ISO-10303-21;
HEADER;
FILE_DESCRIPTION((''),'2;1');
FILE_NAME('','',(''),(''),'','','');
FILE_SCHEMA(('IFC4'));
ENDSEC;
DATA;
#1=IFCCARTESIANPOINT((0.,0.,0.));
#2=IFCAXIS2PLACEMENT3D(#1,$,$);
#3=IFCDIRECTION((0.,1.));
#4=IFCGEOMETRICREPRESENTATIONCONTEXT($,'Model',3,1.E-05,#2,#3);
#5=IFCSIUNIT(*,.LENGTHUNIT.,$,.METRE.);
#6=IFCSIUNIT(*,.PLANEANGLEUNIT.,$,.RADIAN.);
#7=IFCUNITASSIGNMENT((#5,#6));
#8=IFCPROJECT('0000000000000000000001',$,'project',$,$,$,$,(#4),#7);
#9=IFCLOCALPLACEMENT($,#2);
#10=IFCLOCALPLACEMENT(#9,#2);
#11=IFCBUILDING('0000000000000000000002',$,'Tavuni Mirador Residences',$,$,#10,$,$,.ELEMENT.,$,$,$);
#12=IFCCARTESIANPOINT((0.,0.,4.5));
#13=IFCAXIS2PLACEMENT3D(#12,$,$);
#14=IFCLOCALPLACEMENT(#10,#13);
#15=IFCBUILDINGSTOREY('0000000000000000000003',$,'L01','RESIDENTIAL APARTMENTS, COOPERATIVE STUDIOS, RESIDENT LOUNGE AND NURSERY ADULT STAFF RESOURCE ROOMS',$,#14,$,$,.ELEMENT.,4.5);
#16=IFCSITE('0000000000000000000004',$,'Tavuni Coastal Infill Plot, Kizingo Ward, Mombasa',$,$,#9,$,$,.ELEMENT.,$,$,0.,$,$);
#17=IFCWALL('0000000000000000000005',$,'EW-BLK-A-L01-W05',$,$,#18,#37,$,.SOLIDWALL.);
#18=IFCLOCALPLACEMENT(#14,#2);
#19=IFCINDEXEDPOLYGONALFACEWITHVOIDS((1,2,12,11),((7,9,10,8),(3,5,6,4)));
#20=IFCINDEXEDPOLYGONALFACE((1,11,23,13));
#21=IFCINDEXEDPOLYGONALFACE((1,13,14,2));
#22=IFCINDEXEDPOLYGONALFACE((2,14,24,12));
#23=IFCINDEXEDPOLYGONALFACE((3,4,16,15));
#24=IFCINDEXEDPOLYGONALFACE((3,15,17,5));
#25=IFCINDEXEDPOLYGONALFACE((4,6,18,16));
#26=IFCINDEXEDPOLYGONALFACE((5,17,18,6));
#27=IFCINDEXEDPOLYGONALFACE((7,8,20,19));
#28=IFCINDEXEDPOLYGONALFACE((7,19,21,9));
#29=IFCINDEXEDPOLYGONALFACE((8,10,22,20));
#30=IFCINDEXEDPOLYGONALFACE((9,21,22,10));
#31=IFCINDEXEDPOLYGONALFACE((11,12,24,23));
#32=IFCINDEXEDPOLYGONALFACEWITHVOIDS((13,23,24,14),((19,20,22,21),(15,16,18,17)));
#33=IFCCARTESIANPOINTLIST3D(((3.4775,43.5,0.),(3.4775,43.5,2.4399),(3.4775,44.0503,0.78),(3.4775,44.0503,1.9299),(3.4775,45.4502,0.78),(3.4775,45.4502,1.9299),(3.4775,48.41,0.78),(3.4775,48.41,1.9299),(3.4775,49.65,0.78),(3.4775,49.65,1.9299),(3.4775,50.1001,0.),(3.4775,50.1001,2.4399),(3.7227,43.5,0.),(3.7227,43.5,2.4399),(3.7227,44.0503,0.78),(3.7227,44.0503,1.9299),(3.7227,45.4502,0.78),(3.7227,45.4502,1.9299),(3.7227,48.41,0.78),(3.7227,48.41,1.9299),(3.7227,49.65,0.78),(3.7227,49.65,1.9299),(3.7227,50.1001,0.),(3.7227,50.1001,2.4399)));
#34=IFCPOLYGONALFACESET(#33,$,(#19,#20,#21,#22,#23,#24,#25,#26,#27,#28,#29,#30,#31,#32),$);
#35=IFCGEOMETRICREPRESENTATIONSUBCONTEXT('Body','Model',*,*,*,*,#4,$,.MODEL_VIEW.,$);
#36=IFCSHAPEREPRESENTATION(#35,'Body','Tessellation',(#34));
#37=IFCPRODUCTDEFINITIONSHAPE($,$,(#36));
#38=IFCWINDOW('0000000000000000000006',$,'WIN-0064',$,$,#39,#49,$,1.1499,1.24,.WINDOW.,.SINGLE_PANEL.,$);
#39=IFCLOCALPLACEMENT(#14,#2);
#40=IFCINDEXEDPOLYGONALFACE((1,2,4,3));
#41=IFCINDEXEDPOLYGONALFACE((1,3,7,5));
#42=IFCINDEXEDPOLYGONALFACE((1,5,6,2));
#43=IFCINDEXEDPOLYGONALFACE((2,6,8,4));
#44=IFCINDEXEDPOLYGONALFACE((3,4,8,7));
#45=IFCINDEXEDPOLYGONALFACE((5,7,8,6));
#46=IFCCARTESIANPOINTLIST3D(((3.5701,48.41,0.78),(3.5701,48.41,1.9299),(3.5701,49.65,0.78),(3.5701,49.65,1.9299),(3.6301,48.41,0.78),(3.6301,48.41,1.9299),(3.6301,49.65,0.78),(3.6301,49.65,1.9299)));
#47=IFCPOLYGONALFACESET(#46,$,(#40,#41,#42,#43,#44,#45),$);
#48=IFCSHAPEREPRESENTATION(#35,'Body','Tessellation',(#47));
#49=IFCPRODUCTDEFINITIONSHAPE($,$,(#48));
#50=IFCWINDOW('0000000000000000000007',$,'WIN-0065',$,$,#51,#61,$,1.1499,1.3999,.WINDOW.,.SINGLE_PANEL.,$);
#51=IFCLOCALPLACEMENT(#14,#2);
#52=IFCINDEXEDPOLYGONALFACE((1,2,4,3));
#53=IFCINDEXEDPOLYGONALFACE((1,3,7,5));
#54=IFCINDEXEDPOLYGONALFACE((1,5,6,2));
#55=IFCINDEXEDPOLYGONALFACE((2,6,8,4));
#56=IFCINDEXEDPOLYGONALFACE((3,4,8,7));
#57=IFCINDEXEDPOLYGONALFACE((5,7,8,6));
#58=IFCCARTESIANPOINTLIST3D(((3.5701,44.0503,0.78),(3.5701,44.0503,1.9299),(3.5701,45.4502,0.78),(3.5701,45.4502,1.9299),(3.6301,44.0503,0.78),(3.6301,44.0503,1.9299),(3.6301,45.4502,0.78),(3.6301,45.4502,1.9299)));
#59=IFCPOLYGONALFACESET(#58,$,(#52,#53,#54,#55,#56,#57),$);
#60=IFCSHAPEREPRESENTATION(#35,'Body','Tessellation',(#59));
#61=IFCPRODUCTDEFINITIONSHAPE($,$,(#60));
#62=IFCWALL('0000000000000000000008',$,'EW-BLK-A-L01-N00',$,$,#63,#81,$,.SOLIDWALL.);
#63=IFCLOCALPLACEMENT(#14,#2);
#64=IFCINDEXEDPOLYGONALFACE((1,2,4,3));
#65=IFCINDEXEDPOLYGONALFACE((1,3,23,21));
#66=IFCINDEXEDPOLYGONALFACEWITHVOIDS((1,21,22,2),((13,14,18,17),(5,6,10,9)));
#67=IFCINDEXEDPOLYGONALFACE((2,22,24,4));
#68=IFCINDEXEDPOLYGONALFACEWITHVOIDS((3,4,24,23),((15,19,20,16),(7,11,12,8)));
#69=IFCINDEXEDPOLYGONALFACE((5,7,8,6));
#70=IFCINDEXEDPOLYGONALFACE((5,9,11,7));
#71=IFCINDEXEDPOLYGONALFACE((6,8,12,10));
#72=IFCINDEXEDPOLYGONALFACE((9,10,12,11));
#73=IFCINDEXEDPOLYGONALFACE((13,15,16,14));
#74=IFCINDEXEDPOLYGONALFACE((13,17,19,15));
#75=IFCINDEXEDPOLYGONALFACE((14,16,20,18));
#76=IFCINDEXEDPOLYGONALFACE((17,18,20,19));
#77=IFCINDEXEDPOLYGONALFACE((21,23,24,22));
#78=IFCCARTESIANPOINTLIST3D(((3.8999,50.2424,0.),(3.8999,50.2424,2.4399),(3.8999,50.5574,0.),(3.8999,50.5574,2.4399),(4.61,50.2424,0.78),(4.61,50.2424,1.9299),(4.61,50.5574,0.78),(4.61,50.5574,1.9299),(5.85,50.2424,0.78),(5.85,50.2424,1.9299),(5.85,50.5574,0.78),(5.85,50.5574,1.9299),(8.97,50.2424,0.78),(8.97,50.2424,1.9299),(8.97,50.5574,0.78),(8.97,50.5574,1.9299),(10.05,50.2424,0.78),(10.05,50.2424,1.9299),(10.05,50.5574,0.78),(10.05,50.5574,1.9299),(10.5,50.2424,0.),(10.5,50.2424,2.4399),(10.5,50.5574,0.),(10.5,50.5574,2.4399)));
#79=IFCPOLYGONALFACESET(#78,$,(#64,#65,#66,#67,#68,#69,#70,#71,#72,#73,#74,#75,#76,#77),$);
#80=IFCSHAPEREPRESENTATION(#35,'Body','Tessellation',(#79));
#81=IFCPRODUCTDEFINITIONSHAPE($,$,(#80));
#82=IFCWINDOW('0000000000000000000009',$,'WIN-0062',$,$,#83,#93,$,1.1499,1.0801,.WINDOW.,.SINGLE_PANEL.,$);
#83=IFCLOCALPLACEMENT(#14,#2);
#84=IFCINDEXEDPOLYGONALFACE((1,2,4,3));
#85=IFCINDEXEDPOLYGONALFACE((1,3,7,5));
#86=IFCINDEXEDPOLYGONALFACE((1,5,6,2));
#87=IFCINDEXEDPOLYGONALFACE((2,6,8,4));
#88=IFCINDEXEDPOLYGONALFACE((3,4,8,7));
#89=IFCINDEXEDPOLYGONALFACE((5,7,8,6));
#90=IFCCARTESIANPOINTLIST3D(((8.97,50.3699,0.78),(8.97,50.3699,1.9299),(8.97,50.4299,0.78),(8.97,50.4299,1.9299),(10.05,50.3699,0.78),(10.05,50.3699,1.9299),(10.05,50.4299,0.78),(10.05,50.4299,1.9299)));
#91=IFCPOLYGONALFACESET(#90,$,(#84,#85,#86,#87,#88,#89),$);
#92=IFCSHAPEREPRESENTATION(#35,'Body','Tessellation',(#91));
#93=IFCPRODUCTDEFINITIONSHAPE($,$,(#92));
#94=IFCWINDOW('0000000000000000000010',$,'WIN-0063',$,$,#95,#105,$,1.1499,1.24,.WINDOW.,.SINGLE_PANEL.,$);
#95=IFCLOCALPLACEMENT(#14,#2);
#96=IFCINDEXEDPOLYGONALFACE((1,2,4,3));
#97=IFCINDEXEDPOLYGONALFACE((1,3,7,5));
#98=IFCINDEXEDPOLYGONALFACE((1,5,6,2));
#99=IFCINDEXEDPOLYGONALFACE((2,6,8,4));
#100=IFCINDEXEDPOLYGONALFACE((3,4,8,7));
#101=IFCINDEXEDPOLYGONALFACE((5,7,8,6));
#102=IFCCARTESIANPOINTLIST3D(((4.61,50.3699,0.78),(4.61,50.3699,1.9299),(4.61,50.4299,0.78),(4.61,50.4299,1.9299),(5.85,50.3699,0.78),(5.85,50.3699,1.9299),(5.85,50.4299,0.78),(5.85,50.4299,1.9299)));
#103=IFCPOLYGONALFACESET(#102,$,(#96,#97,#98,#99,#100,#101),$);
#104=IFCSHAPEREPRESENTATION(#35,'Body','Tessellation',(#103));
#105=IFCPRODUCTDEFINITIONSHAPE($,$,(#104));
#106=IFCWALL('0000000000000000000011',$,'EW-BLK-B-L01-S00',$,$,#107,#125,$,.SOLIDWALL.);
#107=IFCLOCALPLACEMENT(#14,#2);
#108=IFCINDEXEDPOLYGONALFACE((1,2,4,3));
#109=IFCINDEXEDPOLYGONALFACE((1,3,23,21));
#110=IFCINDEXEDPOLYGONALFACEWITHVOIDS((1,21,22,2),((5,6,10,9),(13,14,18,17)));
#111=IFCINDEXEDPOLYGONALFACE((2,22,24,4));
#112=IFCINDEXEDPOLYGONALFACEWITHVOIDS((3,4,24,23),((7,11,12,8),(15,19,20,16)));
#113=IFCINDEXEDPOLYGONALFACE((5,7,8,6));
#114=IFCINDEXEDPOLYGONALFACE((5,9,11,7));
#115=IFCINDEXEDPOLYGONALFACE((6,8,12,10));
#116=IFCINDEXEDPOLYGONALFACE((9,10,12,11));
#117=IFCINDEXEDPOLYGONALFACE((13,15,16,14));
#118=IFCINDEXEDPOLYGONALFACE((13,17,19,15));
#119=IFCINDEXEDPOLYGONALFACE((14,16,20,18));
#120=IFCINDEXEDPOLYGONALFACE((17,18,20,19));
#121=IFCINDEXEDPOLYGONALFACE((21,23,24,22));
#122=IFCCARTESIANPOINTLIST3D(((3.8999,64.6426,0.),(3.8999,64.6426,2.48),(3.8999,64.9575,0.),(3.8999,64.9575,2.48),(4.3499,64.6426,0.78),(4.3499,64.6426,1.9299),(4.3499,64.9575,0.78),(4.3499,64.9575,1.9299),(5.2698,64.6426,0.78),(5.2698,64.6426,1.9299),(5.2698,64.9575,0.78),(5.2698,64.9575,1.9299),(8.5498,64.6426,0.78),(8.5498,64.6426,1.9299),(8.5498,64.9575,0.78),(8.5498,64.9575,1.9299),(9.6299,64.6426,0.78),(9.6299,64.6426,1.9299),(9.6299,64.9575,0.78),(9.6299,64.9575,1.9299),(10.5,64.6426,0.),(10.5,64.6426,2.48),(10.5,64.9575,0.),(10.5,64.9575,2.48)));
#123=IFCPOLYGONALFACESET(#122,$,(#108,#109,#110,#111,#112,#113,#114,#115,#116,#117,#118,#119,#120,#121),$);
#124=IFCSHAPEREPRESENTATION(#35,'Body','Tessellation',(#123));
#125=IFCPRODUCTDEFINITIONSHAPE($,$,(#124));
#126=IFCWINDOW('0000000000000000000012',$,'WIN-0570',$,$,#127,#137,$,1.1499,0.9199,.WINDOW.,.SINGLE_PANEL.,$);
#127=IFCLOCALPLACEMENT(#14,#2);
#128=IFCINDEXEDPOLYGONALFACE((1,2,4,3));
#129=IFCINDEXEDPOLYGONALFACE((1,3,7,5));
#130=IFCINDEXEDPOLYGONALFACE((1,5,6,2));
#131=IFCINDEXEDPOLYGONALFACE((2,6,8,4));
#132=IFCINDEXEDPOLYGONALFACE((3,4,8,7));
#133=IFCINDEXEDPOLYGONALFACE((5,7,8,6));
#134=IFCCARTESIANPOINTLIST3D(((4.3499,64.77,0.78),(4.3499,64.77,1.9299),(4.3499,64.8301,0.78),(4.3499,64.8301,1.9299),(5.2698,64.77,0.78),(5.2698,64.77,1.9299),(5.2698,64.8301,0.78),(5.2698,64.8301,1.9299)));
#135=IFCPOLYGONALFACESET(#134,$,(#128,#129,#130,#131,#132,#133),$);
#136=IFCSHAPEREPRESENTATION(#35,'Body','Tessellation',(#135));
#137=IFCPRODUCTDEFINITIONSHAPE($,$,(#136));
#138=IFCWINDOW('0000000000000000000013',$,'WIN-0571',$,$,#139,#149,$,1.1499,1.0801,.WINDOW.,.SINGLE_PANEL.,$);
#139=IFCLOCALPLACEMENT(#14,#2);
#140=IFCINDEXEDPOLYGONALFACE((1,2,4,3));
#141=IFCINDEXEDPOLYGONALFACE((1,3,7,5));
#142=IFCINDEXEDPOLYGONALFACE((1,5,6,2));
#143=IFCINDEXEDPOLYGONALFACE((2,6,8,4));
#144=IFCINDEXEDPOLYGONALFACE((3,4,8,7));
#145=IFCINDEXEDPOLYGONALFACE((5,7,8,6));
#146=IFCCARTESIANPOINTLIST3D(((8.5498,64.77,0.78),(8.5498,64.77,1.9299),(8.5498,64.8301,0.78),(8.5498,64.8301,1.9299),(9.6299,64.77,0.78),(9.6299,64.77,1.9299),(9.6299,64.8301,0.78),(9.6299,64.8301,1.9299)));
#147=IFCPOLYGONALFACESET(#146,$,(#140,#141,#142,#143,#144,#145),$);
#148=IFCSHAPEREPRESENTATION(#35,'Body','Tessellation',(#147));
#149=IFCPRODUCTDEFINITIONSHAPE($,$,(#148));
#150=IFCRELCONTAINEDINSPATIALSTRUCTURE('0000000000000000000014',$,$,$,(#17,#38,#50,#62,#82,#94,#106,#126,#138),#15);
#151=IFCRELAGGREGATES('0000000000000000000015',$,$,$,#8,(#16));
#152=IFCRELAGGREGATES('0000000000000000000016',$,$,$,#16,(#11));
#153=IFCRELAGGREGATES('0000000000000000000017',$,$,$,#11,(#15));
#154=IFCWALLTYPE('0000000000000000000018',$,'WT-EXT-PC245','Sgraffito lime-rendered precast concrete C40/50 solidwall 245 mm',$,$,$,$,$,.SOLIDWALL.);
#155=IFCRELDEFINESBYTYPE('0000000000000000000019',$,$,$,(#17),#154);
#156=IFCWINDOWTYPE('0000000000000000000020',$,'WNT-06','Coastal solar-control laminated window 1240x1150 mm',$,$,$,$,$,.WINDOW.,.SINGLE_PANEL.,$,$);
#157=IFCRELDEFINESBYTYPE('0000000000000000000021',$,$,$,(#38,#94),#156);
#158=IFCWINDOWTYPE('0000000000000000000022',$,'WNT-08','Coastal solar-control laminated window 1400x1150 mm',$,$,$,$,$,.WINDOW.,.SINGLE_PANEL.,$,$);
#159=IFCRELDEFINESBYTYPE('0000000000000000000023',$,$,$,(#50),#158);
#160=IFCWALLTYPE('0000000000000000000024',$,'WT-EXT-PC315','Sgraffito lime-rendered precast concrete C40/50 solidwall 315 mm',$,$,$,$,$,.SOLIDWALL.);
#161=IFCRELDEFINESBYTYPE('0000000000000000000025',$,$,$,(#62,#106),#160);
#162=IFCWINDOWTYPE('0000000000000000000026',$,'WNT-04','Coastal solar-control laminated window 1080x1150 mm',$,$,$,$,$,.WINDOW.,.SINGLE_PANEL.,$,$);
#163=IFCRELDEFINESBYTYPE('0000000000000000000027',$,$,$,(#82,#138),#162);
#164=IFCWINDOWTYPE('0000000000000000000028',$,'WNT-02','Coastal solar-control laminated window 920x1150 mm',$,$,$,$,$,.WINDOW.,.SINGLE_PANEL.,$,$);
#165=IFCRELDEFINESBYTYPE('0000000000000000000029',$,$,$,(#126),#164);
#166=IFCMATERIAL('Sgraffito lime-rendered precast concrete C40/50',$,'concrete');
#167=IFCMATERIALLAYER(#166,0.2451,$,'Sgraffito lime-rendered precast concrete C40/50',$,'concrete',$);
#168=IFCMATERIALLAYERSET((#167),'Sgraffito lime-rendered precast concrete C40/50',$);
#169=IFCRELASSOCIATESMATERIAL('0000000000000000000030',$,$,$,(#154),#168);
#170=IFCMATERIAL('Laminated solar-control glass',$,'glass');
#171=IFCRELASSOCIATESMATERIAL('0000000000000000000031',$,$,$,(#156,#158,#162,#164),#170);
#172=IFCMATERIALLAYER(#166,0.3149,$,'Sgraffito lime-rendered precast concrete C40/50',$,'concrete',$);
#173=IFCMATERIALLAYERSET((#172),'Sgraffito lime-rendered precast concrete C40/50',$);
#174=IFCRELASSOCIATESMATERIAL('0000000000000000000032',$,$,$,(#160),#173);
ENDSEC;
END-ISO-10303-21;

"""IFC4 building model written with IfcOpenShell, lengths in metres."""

from ifc_helpers import new_model, si_unit, direction, frame, frame_2d, origin, place, context, subcontext, project, spatial, rectangle, extrude, material, layer, layer_set, type_object, element, fill, save


model = new_model("IFC4")

# Units and contexts
model_context = context("Model", 3, precision=1e-05, world=origin(), true_north=direction((0.0, 1.0)))
body_context = subcontext(model_context, "Body", "Model", "MODEL_VIEW")
ifc_project = project(units=[si_unit("LENGTHUNIT", "METRE"), si_unit("PLANEANGLEUNIT", "RADIAN")], contexts=[model_context])

# Site, building, storey
site_placement = place(None, origin())
site = spatial("IfcSite", under=ifc_project, at=site_placement, Name="Tavuni Coastal Infill Plot, Kizingo Ward, Mombasa", CompositionType="ELEMENT", RefElevation=0.0)
building_placement = place(site_placement, origin())
building = spatial("IfcBuilding", under=site, at=building_placement, Name="Tavuni Mirador Residences", CompositionType="ELEMENT")
storey_placement = place(building_placement, frame((0.0, 0.0, 4.5)))
storey = spatial("IfcBuildingStorey", under=building, at=storey_placement, Name="L01", Description="RESIDENTIAL APARTMENTS, COOPERATIVE STUDIOS, RESIDENT LOUNGE AND NURSERY ADULT STAFF RESOURCE ROOMS", CompositionType="ELEMENT", Elevation=4.5)

# Walls, openings, windows
ifc_material_1 = material(Name="Sgraffito lime-rendered precast concrete C40/50", Category="concrete")
ifc_layer_1 = layer(ifc_material_1, 0.2451, Name="Sgraffito lime-rendered precast concrete C40/50", Category="concrete")
ifc_layer_set_1 = layer_set([ifc_layer_1], Name="Sgraffito lime-rendered precast concrete C40/50")
wall_type_1 = type_object("IfcWallType", Name="WT-EXT-PC245", Description="Sgraffito lime-rendered precast concrete C40/50 solidwall 245 mm", PredefinedType="SOLIDWALL", material=ifc_layer_set_1)
wall_1_placement = place(storey_placement, frame((3.6001, 50.1001, 0.0), z_axis=(0.0, 0.0, 1.0), x_axis=(0.0, -1.0, 0.0)))
wall_1 = element("IfcWall", 1, at=wall_1_placement, inside=storey, type_object=wall_type_1, Name="EW-BLK-A-L01-W05", PredefinedType="SOLIDWALL", context=body_context, shape_type="SweptSolid", body=[
    extrude(rectangle(XDim=6.6001, YDim=0.2451, at=frame_2d((3.3, 0.0))), origin(), (0.0, 0.0, 1.0), 2.4399),
])
opening_1_placement = place(wall_1_placement, frame((0.45, 0.0, 0.78)))
opening_1 = element("IfcOpeningElement", 2, at=opening_1_placement, cuts=wall_1, PredefinedType="OPENING", context=body_context, shape_type="SweptSolid", body=[
    extrude(rectangle(XDim=1.24, YDim=1.1499, at=frame_2d((0.6201, 0.575))), frame((0.0, 0.1326, 0.0), z_axis=(0.0, -1.0, 0.0), x_axis=(1.0, 0.0, 0.0)), (0.0, 0.0, 1.0), 0.2651),
])
opening_2_placement = place(wall_1_placement, frame((4.6499, 0.0, 0.78)))
opening_2 = element("IfcOpeningElement", 3, at=opening_2_placement, cuts=wall_1, PredefinedType="OPENING", context=body_context, shape_type="SweptSolid", body=[
    extrude(rectangle(XDim=1.3999, YDim=1.1499, at=frame_2d((0.7, 0.575))), frame((0.0, 0.1326, 0.0), z_axis=(0.0, -1.0, 0.0), x_axis=(1.0, 0.0, 0.0)), (0.0, 0.0, 1.0), 0.2651),
])
ifc_material_2 = material(Name="Laminated solar-control glass", Category="glass")
window_type_1 = type_object("IfcWindowType", Name="WNT-06", Description="Coastal solar-control laminated window 1240x1150 mm", PartitioningType="SINGLE_PANEL", PredefinedType="WINDOW", material=ifc_material_2)
window_1_placement = place(opening_1_placement, origin())
window_1 = element("IfcWindow", 4, at=window_1_placement, inside=storey, type_object=window_type_1, Name="WIN-0064", OverallHeight=1.1499, OverallWidth=1.24, PartitioningType="SINGLE_PANEL", PredefinedType="WINDOW", context=body_context, shape_type="SweptSolid", body=[
    extrude(rectangle(XDim=1.24, YDim=1.1499, at=frame_2d((0.6201, 0.575))), frame((0.0, 0.03, 0.0), z_axis=(0.0, -1.0, 0.0), x_axis=(1.0, 0.0, 0.0)), (0.0, 0.0, 1.0), 0.0601),
])
fill(opening_1, window_1)
window_type_2 = type_object("IfcWindowType", Name="WNT-08", Description="Coastal solar-control laminated window 1400x1150 mm", PartitioningType="SINGLE_PANEL", PredefinedType="WINDOW", material=ifc_material_2)
window_2_placement = place(opening_2_placement, origin())
window_2 = element("IfcWindow", 5, at=window_2_placement, inside=storey, type_object=window_type_2, Name="WIN-0065", OverallHeight=1.1499, OverallWidth=1.3999, PartitioningType="SINGLE_PANEL", PredefinedType="WINDOW", context=body_context, shape_type="SweptSolid", body=[
    extrude(rectangle(XDim=1.3999, YDim=1.1499, at=frame_2d((0.7, 0.575))), frame((0.0, 0.03, 0.0), z_axis=(0.0, -1.0, 0.0), x_axis=(1.0, 0.0, 0.0)), (0.0, 0.0, 1.0), 0.0601),
])
fill(opening_2, window_2)
ifc_layer_2 = layer(ifc_material_1, 0.3149, Name="Sgraffito lime-rendered precast concrete C40/50", Category="concrete")
ifc_layer_set_2 = layer_set([ifc_layer_2], Name="Sgraffito lime-rendered precast concrete C40/50")
wall_type_2 = type_object("IfcWallType", Name="WT-EXT-PC315", Description="Sgraffito lime-rendered precast concrete C40/50 solidwall 315 mm", PredefinedType="SOLIDWALL", material=ifc_layer_set_2)
wall_2_placement = place(storey_placement, frame((10.5, 50.3999, 0.0), z_axis=(0.0, 0.0, 1.0), x_axis=(-1.0, 0.0, 0.0)))
wall_2 = element("IfcWall", 6, at=wall_2_placement, inside=storey, type_object=wall_type_2, Name="EW-BLK-A-L01-N00", PredefinedType="SOLIDWALL", context=body_context, shape_type="SweptSolid", body=[
    extrude(rectangle(XDim=6.6001, YDim=0.3149, at=frame_2d((3.3, 0.0))), origin(), (0.0, 0.0, 1.0), 2.4399),
])
opening_3_placement = place(wall_2_placement, frame((0.45, 0.0, 0.78)))
opening_3 = element("IfcOpeningElement", 7, at=opening_3_placement, cuts=wall_2, PredefinedType="OPENING", context=body_context, shape_type="SweptSolid", body=[
    extrude(rectangle(XDim=1.0801, YDim=1.1499, at=frame_2d((0.54, 0.575))), frame((0.0, 0.1675, 0.0), z_axis=(0.0, -1.0, 0.0), x_axis=(1.0, 0.0, 0.0)), (0.0, 0.0, 1.0), 0.335),
])
opening_4_placement = place(wall_2_placement, frame((4.6499, 0.0, 0.78)))
opening_4 = element("IfcOpeningElement", 8, at=opening_4_placement, cuts=wall_2, PredefinedType="OPENING", context=body_context, shape_type="SweptSolid", body=[
    extrude(rectangle(XDim=1.24, YDim=1.1499, at=frame_2d((0.6201, 0.575))), frame((0.0, 0.1675, 0.0), z_axis=(0.0, -1.0, 0.0), x_axis=(1.0, 0.0, 0.0)), (0.0, 0.0, 1.0), 0.335),
])
window_type_3 = type_object("IfcWindowType", Name="WNT-04", Description="Coastal solar-control laminated window 1080x1150 mm", PartitioningType="SINGLE_PANEL", PredefinedType="WINDOW", material=ifc_material_2)
window_3_placement = place(opening_3_placement, origin())
window_3 = element("IfcWindow", 9, at=window_3_placement, inside=storey, type_object=window_type_3, Name="WIN-0062", OverallHeight=1.1499, OverallWidth=1.0801, PartitioningType="SINGLE_PANEL", PredefinedType="WINDOW", context=body_context, shape_type="SweptSolid", body=[
    extrude(rectangle(XDim=1.0801, YDim=1.1499, at=frame_2d((0.54, 0.575))), frame((0.0, 0.03, 0.0), z_axis=(0.0, -1.0, 0.0), x_axis=(1.0, 0.0, 0.0)), (0.0, 0.0, 1.0), 0.0601),
])
fill(opening_3, window_3)
window_4_placement = place(opening_4_placement, origin())
window_4 = element("IfcWindow", 10, at=window_4_placement, inside=storey, type_object=window_type_1, Name="WIN-0063", OverallHeight=1.1499, OverallWidth=1.24, PartitioningType="SINGLE_PANEL", PredefinedType="WINDOW", context=body_context, shape_type="SweptSolid", body=[
    extrude(rectangle(XDim=1.24, YDim=1.1499, at=frame_2d((0.6201, 0.575))), frame((0.0, 0.03, 0.0), z_axis=(0.0, -1.0, 0.0), x_axis=(1.0, 0.0, 0.0)), (0.0, 0.0, 1.0), 0.0601),
])
fill(opening_4, window_4)
wall_3_placement = place(storey_placement, frame((3.8999, 64.8, 0.0), z_axis=(0.0, 0.0, 1.0), x_axis=(1.0, 0.0, 0.0)))
wall_3 = element("IfcWall", 11, at=wall_3_placement, inside=storey, type_object=wall_type_2, Name="EW-BLK-B-L01-S00", PredefinedType="SOLIDWALL", context=body_context, shape_type="SweptSolid", body=[
    extrude(rectangle(XDim=6.6001, YDim=0.3149, at=frame_2d((3.3, 0.0))), origin(), (0.0, 0.0, 1.0), 2.48),
])
opening_5_placement = place(wall_3_placement, frame((0.45, 0.0, 0.78)))
opening_5 = element("IfcOpeningElement", 12, at=opening_5_placement, cuts=wall_3, PredefinedType="OPENING", context=body_context, shape_type="SweptSolid", body=[
    extrude(rectangle(XDim=0.9199, YDim=1.1499, at=frame_2d((0.46, 0.575))), frame((0.0, 0.1675, 0.0), z_axis=(0.0, -1.0, 0.0), x_axis=(1.0, 0.0, 0.0)), (0.0, 0.0, 1.0), 0.335),
])
opening_6_placement = place(wall_3_placement, frame((4.6499, 0.0, 0.78)))
opening_6 = element("IfcOpeningElement", 13, at=opening_6_placement, cuts=wall_3, PredefinedType="OPENING", context=body_context, shape_type="SweptSolid", body=[
    extrude(rectangle(XDim=1.0801, YDim=1.1499, at=frame_2d((0.54, 0.575))), frame((0.0, 0.1675, 0.0), z_axis=(0.0, -1.0, 0.0), x_axis=(1.0, 0.0, 0.0)), (0.0, 0.0, 1.0), 0.335),
])
window_type_4 = type_object("IfcWindowType", Name="WNT-02", Description="Coastal solar-control laminated window 920x1150 mm", PartitioningType="SINGLE_PANEL", PredefinedType="WINDOW", material=ifc_material_2)
window_5_placement = place(opening_5_placement, origin())
window_5 = element("IfcWindow", 14, at=window_5_placement, inside=storey, type_object=window_type_4, Name="WIN-0570", OverallHeight=1.1499, OverallWidth=0.9199, PartitioningType="SINGLE_PANEL", PredefinedType="WINDOW", context=body_context, shape_type="SweptSolid", body=[
    extrude(rectangle(XDim=0.9199, YDim=1.1499, at=frame_2d((0.46, 0.575))), frame((0.0, 0.03, 0.0), z_axis=(0.0, -1.0, 0.0), x_axis=(1.0, 0.0, 0.0)), (0.0, 0.0, 1.0), 0.0601),
])
fill(opening_5, window_5)
window_6_placement = place(opening_6_placement, origin())
window_6 = element("IfcWindow", 15, at=window_6_placement, inside=storey, type_object=window_type_3, Name="WIN-0571", OverallHeight=1.1499, OverallWidth=1.0801, PartitioningType="SINGLE_PANEL", PredefinedType="WINDOW", context=body_context, shape_type="SweptSolid", body=[
    extrude(rectangle(XDim=1.0801, YDim=1.1499, at=frame_2d((0.54, 0.575))), frame((0.0, 0.03, 0.0), z_axis=(0.0, -1.0, 0.0), x_axis=(1.0, 0.0, 0.0)), (0.0, 0.0, 1.0), 0.0601),
])
fill(opening_6, window_6)

save(model, "model.ifc")
